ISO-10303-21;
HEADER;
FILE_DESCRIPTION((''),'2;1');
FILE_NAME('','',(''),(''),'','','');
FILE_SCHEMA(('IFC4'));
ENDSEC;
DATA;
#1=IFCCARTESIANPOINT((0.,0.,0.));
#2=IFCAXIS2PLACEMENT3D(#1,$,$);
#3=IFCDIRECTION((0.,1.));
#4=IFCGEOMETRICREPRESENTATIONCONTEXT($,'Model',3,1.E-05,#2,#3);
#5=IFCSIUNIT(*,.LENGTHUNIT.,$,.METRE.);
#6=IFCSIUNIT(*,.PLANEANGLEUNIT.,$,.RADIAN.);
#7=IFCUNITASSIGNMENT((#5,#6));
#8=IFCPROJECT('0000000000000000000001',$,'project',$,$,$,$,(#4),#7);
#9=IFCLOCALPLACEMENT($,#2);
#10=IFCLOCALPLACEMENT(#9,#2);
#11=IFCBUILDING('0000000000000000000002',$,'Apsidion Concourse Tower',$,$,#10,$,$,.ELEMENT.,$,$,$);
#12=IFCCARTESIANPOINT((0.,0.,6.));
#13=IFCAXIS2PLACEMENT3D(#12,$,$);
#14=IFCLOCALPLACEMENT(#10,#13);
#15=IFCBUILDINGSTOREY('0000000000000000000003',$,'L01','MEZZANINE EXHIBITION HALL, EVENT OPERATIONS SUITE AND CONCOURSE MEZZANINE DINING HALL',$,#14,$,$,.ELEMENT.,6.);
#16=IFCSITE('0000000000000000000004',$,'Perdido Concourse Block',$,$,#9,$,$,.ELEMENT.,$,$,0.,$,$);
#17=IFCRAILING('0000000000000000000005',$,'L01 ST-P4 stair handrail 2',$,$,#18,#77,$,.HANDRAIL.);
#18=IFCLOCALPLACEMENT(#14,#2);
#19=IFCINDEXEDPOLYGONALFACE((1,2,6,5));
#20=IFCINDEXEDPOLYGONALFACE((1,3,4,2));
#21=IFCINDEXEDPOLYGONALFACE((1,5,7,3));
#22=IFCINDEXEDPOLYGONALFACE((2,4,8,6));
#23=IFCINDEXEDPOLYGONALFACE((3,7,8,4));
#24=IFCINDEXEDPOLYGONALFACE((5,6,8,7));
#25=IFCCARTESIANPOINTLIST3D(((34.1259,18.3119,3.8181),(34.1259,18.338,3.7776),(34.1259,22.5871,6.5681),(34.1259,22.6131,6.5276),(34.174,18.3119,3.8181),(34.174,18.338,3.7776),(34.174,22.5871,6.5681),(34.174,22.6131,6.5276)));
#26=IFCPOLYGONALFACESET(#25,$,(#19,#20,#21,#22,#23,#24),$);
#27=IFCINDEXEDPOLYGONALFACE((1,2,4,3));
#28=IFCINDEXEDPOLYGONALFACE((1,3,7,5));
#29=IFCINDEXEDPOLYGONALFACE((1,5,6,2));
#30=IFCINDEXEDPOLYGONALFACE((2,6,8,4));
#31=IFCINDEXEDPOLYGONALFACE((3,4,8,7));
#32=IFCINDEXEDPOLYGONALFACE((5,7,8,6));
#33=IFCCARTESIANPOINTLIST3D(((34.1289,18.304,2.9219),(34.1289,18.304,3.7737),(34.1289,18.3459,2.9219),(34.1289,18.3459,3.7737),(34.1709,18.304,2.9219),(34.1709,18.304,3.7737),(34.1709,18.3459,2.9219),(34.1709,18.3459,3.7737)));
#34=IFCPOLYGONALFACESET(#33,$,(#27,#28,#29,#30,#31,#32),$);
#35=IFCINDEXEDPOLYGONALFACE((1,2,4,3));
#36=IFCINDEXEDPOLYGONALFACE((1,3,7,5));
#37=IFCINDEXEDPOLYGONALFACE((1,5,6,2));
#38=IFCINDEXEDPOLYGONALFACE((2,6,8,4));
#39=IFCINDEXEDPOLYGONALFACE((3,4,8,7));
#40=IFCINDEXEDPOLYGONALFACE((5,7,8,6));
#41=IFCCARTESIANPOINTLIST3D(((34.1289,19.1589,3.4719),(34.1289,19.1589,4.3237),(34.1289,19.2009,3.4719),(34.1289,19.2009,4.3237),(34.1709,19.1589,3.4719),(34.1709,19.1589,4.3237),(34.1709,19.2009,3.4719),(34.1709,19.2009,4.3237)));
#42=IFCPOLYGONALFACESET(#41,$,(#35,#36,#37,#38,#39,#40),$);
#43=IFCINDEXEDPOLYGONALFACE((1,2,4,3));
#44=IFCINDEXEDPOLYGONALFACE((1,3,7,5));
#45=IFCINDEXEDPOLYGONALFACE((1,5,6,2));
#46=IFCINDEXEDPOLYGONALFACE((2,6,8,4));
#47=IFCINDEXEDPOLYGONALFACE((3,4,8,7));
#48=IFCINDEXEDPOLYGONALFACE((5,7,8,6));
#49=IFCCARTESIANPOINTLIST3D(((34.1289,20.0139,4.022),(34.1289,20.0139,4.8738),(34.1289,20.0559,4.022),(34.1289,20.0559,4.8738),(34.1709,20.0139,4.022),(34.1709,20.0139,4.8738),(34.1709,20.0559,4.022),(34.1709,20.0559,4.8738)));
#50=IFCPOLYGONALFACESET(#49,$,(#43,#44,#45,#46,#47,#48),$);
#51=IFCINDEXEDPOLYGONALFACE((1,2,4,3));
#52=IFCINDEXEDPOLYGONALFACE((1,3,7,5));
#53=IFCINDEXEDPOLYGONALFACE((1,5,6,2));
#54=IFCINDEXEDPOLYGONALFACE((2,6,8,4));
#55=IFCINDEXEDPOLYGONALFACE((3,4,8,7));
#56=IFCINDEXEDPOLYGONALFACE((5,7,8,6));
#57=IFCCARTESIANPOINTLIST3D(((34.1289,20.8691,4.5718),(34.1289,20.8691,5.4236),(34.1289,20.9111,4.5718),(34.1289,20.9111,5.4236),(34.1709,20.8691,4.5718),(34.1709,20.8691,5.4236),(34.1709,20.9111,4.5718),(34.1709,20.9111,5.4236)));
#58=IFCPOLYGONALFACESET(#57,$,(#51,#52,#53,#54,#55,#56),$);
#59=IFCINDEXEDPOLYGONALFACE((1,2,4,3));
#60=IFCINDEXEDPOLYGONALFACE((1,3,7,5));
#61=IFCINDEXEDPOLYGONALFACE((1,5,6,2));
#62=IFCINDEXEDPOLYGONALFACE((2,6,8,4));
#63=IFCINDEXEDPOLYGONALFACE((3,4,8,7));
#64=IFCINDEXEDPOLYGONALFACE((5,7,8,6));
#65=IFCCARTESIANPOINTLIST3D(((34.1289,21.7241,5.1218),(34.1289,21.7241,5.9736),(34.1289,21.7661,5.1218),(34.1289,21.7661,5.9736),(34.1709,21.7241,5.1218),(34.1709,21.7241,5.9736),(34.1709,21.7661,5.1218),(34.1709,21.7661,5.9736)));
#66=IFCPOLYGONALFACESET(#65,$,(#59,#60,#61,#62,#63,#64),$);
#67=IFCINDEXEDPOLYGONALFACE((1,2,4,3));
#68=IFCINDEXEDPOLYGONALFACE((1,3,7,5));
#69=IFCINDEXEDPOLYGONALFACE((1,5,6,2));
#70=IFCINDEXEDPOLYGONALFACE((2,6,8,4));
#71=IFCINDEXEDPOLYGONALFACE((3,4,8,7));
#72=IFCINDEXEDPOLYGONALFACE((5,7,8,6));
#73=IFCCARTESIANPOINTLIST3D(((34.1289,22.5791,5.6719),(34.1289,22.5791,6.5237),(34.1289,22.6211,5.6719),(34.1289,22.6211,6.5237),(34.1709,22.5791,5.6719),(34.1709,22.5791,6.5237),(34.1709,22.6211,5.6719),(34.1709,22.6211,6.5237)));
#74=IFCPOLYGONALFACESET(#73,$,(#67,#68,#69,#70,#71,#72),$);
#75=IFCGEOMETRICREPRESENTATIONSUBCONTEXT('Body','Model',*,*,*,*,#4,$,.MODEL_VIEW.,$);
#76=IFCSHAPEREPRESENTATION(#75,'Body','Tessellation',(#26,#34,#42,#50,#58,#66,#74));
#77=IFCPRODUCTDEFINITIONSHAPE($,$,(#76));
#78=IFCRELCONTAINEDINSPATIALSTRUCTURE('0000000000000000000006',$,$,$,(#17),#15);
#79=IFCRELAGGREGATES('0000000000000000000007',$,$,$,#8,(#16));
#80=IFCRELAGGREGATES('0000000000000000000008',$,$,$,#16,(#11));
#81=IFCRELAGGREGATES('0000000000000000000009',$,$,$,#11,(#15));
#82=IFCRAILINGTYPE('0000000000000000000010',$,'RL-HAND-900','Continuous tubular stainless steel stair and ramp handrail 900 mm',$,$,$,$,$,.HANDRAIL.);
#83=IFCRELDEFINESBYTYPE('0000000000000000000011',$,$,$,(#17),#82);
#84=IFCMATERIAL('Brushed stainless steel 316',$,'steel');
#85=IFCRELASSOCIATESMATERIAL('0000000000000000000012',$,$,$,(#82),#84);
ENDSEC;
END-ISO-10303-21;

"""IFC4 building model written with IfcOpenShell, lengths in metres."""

from ifc_helpers import new_model, si_unit, direction, frame, origin, origin_2d, place, context, subcontext, project, spatial, rectangle, extrude, material, type_object, element, save


model = new_model("IFC4")

# Units and contexts
model_context = context("Model", 3, precision=1e-05, world=origin(), true_north=direction((0.0, 1.0)))
body_context = subcontext(model_context, "Body", "Model", "MODEL_VIEW")
ifc_project = project(units=[si_unit("LENGTHUNIT", "METRE"), si_unit("PLANEANGLEUNIT", "RADIAN")], contexts=[model_context])

# Site, building, storey
site_placement = place(None, origin())
site = spatial("IfcSite", under=ifc_project, at=site_placement, Name="Perdido Concourse Block", CompositionType="ELEMENT", RefElevation=0.0)
building_placement = place(site_placement, origin())
building = spatial("IfcBuilding", under=site, at=building_placement, Name="Apsidion Concourse Tower", CompositionType="ELEMENT")
storey_placement = place(building_placement, frame((0.0, 0.0, 6.0)))
storey = spatial("IfcBuildingStorey", under=building, at=storey_placement, Name="L01", Description="MEZZANINE EXHIBITION HALL, EVENT OPERATIONS SUITE AND CONCOURSE MEZZANINE DINING HALL", CompositionType="ELEMENT", Elevation=6.0)

# Railing
ifc_material_1 = material(Name="Brushed stainless steel 316", Category="steel")
railing_type_1 = type_object("IfcRailingType", Name="RL-HAND-900", Description="Continuous tubular stainless steel stair and ramp handrail 900 mm", PredefinedType="HANDRAIL", material=ifc_material_1)
railing_1_placement = place(storey_placement, frame((34.1499, 18.325, 2.9219)))
element("IfcRailing", 1, at=railing_1_placement, inside=storey, type_object=railing_type_1, Name="L01 ST-P4 stair handrail 2", PredefinedType="HANDRAIL", context=body_context, shape_type="SweptSolid", body=[
    extrude(rectangle(XDim=0.0481, YDim=0.0481, at=origin_2d()), frame((0.0, 0.0, 0.876), z_axis=(0.0, 0.841027, 0.540993), x_axis=(-1.0, 0.0, 0.0)), (0.0, 0.0, 1.0), 5.0833),
    extrude(rectangle(XDim=0.042, YDim=0.042, at=origin_2d()), origin(), (0.0, 0.0, 1.0), 0.8518),
    extrude(rectangle(XDim=0.042, YDim=0.042, at=origin_2d()), frame((0.0, 0.855, 0.55)), (0.0, 0.0, 1.0), 0.8518),
    extrude(rectangle(XDim=0.042, YDim=0.042, at=origin_2d()), frame((0.0, 1.71, 1.1001)), (0.0, 0.0, 1.0), 0.8518),
    extrude(rectangle(XDim=0.042, YDim=0.042, at=origin_2d()), frame((0.0, 2.5652, 1.6499)), (0.0, 0.0, 1.0), 0.8518),
    extrude(rectangle(XDim=0.042, YDim=0.042, at=origin_2d()), frame((0.0, 3.4202, 2.2)), (0.0, 0.0, 1.0), 0.8518),
    extrude(rectangle(XDim=0.042, YDim=0.042, at=origin_2d()), frame((0.0, 4.2751, 2.75)), (0.0, 0.0, 1.0), 0.8518),
])

save(model, "model.ifc")
